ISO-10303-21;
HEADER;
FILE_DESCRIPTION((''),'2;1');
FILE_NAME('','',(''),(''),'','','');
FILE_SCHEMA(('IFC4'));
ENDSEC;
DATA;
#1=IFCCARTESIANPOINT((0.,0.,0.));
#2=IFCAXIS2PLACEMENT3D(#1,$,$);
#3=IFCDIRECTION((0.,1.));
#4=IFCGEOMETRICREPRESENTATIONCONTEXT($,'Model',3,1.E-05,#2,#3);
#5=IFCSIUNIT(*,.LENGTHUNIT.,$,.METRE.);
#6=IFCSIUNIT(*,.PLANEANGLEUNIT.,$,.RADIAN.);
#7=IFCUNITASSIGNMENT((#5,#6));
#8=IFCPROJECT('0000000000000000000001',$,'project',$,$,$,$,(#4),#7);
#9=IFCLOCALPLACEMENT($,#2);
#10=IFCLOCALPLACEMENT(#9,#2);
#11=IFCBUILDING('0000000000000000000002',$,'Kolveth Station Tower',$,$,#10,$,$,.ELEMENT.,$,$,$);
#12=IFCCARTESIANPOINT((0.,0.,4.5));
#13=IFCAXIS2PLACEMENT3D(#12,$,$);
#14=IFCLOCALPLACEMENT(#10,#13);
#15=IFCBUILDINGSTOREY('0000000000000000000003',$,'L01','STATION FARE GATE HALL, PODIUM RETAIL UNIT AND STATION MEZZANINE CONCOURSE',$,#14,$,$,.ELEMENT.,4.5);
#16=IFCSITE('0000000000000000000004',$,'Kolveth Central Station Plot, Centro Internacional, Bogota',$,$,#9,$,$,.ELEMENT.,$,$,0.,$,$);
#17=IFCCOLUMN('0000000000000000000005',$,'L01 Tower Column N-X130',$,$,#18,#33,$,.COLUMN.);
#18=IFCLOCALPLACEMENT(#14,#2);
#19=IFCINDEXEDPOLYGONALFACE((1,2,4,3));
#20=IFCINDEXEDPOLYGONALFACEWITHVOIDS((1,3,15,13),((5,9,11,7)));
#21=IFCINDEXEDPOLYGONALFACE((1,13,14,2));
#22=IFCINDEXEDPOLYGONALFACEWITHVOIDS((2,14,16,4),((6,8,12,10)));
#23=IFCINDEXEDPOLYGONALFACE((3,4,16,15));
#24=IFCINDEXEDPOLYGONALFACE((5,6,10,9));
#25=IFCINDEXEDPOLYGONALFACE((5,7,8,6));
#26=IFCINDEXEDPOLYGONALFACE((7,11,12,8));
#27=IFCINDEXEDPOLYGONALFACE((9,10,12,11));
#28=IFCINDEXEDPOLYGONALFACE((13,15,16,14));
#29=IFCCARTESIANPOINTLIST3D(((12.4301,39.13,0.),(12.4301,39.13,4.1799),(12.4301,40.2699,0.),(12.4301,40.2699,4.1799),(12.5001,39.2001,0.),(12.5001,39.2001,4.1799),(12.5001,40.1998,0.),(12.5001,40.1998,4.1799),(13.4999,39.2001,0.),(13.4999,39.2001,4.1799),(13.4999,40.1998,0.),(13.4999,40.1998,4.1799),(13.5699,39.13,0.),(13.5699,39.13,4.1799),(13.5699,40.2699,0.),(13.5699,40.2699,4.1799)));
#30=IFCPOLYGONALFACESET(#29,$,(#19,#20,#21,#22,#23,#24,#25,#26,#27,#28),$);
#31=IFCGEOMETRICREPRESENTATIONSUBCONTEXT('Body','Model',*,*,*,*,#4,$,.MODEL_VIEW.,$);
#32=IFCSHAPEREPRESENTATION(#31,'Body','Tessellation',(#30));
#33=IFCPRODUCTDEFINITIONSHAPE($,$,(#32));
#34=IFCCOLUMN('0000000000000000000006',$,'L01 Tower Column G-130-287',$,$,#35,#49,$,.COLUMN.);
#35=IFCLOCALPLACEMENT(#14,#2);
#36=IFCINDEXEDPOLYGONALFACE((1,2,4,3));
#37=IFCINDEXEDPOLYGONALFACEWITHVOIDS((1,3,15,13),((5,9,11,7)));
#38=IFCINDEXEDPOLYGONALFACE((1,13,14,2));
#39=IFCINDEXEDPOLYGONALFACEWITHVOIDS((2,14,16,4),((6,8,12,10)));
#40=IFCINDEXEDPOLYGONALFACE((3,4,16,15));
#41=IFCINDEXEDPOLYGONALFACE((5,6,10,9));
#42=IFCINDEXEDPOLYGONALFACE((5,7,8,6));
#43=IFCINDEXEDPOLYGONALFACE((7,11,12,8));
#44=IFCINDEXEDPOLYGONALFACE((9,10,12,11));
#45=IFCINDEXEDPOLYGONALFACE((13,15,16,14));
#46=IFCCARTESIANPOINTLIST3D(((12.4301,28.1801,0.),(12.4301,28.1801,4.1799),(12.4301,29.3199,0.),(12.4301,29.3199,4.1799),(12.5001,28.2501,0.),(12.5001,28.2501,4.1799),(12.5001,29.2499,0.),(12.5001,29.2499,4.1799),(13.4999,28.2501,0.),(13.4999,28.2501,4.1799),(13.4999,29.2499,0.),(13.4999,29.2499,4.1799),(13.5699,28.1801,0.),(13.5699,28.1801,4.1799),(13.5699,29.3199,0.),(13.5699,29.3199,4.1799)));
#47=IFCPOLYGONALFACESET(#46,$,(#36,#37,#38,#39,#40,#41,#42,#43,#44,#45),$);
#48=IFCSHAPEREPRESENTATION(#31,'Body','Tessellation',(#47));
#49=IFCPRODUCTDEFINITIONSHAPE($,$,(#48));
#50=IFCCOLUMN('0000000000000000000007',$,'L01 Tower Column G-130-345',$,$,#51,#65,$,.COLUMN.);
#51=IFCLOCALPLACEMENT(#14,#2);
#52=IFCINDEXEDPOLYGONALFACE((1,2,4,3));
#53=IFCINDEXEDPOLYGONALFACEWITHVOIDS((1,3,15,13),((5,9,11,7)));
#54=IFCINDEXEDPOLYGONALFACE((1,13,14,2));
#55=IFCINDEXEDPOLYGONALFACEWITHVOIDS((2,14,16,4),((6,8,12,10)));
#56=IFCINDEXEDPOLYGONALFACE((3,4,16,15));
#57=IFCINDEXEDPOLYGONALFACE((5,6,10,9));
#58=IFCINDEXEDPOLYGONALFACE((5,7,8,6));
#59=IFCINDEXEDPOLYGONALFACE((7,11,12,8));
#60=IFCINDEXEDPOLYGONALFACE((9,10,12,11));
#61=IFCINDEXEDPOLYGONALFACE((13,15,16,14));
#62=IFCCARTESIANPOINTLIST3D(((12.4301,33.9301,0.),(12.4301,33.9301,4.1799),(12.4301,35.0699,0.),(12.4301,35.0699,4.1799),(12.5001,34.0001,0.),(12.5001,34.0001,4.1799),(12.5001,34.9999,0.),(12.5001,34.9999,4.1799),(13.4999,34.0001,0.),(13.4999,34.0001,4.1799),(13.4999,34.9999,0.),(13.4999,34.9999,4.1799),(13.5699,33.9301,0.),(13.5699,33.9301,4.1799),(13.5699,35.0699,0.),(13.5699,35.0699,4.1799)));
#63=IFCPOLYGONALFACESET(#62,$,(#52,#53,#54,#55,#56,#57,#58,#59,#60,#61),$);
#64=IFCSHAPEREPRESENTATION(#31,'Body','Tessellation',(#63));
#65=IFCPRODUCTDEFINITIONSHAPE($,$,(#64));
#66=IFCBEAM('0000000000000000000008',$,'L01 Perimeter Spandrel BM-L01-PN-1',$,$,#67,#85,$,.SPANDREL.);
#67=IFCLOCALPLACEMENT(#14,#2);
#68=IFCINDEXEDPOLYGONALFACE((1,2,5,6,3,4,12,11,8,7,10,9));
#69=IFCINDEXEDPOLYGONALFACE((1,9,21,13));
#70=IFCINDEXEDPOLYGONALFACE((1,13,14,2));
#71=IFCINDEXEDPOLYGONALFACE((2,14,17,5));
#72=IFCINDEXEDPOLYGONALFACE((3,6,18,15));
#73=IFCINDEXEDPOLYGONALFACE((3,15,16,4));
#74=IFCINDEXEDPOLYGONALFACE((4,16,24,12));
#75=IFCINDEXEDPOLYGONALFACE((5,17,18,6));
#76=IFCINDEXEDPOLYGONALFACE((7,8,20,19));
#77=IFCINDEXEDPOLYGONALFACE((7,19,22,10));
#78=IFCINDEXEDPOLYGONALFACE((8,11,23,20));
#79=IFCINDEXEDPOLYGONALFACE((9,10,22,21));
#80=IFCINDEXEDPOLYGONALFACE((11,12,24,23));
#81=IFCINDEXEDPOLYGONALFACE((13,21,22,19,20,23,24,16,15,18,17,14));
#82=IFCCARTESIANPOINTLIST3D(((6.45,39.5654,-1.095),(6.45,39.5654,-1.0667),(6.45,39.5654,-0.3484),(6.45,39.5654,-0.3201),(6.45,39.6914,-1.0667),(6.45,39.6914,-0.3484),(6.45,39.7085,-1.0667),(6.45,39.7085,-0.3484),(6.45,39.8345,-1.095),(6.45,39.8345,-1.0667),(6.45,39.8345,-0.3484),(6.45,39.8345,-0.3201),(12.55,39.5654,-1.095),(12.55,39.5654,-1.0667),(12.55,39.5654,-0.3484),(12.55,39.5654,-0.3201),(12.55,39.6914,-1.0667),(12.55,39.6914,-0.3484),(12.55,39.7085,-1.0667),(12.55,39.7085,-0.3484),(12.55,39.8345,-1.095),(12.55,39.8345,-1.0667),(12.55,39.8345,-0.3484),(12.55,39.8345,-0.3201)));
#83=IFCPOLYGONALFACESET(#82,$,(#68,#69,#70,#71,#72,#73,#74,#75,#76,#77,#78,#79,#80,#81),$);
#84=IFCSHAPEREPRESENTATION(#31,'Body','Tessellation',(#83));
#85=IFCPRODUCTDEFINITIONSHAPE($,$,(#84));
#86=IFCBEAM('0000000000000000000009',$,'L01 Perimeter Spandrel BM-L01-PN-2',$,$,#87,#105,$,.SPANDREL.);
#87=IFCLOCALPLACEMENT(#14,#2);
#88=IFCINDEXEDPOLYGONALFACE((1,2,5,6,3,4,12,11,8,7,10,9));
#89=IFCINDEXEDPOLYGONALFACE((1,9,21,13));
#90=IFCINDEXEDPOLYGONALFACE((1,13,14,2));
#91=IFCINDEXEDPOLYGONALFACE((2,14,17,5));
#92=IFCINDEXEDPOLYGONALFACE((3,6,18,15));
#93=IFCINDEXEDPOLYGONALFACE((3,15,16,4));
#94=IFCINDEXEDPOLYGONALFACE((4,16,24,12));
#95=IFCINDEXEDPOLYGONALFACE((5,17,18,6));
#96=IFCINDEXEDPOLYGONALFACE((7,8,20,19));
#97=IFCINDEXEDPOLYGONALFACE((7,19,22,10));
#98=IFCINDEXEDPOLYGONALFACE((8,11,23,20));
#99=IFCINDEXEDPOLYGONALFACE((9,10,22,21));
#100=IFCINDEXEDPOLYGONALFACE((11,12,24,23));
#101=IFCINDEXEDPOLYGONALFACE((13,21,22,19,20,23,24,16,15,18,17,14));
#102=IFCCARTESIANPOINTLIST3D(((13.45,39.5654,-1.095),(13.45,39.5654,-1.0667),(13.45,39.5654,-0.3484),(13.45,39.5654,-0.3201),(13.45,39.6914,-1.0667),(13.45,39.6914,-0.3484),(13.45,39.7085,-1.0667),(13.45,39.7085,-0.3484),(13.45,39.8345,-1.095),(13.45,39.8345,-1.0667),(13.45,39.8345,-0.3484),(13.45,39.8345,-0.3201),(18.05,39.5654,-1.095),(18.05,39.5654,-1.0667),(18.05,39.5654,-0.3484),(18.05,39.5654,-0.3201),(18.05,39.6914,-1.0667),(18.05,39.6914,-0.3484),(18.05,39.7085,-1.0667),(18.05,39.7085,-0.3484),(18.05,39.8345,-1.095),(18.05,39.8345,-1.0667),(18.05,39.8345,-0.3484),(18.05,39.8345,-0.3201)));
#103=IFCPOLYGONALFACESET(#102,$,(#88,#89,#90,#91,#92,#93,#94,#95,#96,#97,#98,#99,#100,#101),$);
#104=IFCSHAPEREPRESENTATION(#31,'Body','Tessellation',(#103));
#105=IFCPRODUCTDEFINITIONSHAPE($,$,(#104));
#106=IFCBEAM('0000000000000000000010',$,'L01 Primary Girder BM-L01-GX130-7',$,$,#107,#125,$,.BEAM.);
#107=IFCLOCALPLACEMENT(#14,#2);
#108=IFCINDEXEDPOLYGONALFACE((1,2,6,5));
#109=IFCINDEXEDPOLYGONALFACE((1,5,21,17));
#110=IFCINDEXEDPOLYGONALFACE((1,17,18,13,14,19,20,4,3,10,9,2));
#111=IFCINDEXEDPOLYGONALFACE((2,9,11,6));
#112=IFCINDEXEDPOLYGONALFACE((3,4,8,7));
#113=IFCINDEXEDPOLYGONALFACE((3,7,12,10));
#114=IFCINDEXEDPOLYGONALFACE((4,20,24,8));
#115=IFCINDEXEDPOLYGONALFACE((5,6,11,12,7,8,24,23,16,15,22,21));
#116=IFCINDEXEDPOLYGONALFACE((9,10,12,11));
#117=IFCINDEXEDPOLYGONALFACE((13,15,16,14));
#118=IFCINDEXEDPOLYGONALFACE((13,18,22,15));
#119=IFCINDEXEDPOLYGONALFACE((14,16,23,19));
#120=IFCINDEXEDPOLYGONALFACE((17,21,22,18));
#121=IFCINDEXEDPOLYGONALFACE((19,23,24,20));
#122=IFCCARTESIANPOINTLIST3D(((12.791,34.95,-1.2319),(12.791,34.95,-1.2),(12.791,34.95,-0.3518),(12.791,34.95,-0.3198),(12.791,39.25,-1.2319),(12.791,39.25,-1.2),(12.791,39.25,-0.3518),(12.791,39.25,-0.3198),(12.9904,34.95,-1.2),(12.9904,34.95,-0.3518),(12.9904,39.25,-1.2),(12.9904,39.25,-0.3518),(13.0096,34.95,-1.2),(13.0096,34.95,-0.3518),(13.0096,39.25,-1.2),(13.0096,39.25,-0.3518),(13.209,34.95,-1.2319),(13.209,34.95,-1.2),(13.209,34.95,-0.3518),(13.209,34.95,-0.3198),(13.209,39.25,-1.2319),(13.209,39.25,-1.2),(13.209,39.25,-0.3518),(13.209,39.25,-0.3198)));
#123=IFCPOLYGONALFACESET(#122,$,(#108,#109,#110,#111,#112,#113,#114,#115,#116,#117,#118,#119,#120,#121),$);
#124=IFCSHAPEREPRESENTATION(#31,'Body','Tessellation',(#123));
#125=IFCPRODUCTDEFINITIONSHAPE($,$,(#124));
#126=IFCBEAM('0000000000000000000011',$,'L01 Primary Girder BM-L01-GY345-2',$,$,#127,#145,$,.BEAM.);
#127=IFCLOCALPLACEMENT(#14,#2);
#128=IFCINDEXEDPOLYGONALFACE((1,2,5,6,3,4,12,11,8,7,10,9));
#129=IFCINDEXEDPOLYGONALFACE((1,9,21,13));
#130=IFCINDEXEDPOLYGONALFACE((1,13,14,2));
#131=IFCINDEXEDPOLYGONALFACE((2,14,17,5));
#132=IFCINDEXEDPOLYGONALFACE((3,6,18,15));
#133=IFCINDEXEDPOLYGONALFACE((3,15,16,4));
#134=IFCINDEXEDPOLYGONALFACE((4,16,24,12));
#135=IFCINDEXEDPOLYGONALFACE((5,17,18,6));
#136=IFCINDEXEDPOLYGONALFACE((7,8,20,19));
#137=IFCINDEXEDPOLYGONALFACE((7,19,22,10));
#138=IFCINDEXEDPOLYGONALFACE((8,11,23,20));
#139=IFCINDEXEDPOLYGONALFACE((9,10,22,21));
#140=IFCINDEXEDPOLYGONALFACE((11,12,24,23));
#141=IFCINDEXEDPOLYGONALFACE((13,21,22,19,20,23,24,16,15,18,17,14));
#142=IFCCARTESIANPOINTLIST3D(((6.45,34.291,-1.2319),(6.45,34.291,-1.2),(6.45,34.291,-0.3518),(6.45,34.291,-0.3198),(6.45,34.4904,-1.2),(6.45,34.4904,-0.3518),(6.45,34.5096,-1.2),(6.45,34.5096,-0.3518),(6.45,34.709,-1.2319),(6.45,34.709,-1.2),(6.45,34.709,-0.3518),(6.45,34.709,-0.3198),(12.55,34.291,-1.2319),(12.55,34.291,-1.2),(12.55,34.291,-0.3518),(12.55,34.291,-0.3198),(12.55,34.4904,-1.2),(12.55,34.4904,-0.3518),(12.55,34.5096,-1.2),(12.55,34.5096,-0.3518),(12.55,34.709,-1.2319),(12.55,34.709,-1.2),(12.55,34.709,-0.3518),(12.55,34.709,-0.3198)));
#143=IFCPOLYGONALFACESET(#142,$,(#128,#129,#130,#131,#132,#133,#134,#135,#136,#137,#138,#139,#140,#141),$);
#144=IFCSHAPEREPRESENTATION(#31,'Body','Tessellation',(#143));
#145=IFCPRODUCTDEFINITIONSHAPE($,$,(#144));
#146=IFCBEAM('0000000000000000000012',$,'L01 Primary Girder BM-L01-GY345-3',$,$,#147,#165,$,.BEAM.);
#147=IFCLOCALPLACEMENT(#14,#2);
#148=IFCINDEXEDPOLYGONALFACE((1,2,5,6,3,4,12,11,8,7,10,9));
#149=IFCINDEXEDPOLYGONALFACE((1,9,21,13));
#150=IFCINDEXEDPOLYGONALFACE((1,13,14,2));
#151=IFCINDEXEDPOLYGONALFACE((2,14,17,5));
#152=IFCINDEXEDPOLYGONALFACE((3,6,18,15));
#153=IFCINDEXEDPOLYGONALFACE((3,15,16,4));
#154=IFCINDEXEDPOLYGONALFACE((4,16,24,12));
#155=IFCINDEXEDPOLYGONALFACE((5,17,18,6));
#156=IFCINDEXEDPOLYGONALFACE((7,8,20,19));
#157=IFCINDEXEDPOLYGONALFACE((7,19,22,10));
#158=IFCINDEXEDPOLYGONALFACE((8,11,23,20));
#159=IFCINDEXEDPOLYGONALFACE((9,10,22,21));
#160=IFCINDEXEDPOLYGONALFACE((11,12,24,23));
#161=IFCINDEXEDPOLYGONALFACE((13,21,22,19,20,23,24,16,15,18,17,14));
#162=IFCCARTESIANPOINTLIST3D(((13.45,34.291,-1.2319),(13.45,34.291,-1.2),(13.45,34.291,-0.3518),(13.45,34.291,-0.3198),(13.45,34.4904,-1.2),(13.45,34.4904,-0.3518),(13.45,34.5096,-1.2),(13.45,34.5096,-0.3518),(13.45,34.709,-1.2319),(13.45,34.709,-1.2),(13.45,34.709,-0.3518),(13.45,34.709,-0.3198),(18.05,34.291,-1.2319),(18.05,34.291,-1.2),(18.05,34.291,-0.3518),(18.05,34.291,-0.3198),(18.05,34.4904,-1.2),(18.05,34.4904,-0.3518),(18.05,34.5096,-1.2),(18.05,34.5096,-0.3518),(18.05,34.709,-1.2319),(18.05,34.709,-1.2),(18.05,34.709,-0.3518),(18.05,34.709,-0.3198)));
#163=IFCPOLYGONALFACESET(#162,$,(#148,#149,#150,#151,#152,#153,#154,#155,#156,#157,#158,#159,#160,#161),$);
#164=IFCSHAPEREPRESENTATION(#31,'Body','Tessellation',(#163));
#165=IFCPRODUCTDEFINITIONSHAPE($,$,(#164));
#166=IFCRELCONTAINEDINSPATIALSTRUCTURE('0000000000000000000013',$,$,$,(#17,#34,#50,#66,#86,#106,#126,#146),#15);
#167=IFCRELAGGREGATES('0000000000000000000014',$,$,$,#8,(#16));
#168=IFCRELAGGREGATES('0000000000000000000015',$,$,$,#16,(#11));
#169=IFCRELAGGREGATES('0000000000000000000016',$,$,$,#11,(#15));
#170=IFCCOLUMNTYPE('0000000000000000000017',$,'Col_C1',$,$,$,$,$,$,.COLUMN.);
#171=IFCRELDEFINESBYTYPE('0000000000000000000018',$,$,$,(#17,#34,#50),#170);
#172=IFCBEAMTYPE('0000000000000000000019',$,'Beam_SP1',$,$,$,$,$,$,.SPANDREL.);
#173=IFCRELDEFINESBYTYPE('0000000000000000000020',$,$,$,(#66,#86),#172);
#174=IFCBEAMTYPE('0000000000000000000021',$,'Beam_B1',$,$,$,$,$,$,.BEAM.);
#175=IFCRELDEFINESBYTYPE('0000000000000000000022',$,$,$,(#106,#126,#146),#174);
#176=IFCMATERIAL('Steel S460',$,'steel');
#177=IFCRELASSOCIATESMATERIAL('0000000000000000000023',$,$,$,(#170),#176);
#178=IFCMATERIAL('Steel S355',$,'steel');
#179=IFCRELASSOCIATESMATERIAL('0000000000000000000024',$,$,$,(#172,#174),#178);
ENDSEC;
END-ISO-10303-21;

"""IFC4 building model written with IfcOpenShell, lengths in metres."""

from ifc_helpers import new_model, si_unit, direction, frame, origin, origin_2d, place, context, subcontext, project, spatial, hollow_rectangle, i_section, extrude, source, transform, mapped, material, material_profile, profile_set, type_object, element, save


model = new_model("IFC4")

# Units and contexts
model_context = context("Model", 3, precision=1e-05, world=origin(), true_north=direction((0.0, 1.0)))
body_context = subcontext(model_context, "Body", "Model", "MODEL_VIEW")
ifc_project = project(units=[si_unit("LENGTHUNIT", "METRE"), si_unit("PLANEANGLEUNIT", "RADIAN")], contexts=[model_context])

# Site, building, storey
site_placement = place(None, origin())
site = spatial("IfcSite", under=ifc_project, at=site_placement, Name="Kolveth Central Station Plot, Centro Internacional, Bogota", CompositionType="ELEMENT", RefElevation=0.0)
building_placement = place(site_placement, origin())
building = spatial("IfcBuilding", under=site, at=building_placement, Name="Kolveth Station Tower", CompositionType="ELEMENT")
storey_placement = place(building_placement, frame((0.0, 0.0, 4.5)))
storey = spatial("IfcBuildingStorey", under=building, at=storey_placement, Name="L01", Description="STATION FARE GATE HALL, PODIUM RETAIL UNIT AND STATION MEZZANINE CONCOURSE", CompositionType="ELEMENT", Elevation=4.5)

# Columns
ifc_material_1 = material(Name="Steel S460", Category="steel")
ifc_material_profile_1 = material_profile(ifc_material_1, hollow_rectangle(XDim=1.1399, YDim=1.1399, WallThickness=0.0701, at=origin_2d()), Name="BOX1140x1140x70")
ifc_profile_set_1 = profile_set([ifc_material_profile_1], Name="Steel S460")
column_type = type_object("IfcColumnType", Name="Col_C1", PredefinedType="COLUMN", material=ifc_profile_set_1)
shared_shape_1 = source(origin(), body_context, "Body", "SweptSolid", [
    extrude(hollow_rectangle(XDim=1.1399, YDim=1.1399, WallThickness=0.0701, at=origin_2d()), origin(), (0.0, 0.0, 1.0), 4.1799),
])
for number, where, z_axis, x_axis, name in (
    (1, (13.0, 39.7, 0.0), (0.0, 0.0, 1.0), (1.0, 0.0, 0.0), "L01 Tower Column N-X130"),
    (2, (13.0, 28.75, 0.0), (0.0, 0.0, 1.0), (1.0, 0.0, 0.0), "L01 Tower Column G-130-287"),
    (3, (13.0, 34.5, 0.0), (0.0, 0.0, 1.0), (1.0, 0.0, 0.0), "L01 Tower Column G-130-345"),
):
    element("IfcColumn", number, at=place(storey_placement, frame(where, z_axis=z_axis, x_axis=x_axis)), inside=storey, type_object=column_type, Name=name, PredefinedType="COLUMN", context=body_context, shape_type="MappedRepresentation", body=[
        mapped(shared_shape_1, transform((0.0, 0.0, 0.0), x_axis=(1.0, 0.0, 0.0), y_axis=(0.0, 1.0, 0.0), z_axis=(0.0, 0.0, 1.0), scale=1.0)),
    ])

# Beams
ifc_material_2 = material(Name="Steel S355", Category="steel")
ifc_material_profile_2 = material_profile(ifc_material_2, i_section(OverallWidth=0.269, OverallDepth=0.7749, WebThickness=0.0171, FlangeThickness=0.0283, at=origin_2d()), Name="W760x220")
ifc_profile_set_2 = profile_set([ifc_material_profile_2], Name="Steel S355")
beam_type_1 = type_object("IfcBeamType", Name="Beam_SP1", PredefinedType="SPANDREL", material=ifc_profile_set_2)
shared_shape_2 = source(origin(), body_context, "Body", "SweptSolid", [
    extrude(i_section(OverallWidth=0.269, OverallDepth=0.7749, WebThickness=0.0171, FlangeThickness=0.0283, at=origin_2d()), origin(), (0.0, 0.0, 1.0), 6.1001),
])
beam_1_placement = place(storey_placement, frame((6.45, 39.7, -0.7075), z_axis=(1.0, 0.0, 0.0), x_axis=(0.0, 1.0, 0.0)))
element("IfcBeam", 4, at=beam_1_placement, inside=storey, type_object=beam_type_1, Name="L01 Perimeter Spandrel BM-L01-PN-1", PredefinedType="SPANDREL", context=body_context, shape_type="MappedRepresentation", body=[
    mapped(shared_shape_2, transform((0.0, 0.0, 0.0), x_axis=(1.0, 0.0, 0.0), y_axis=(0.0, 1.0, 0.0), z_axis=(0.0, 0.0, 1.0), scale=1.0)),
])
shared_shape_3 = source(origin(), body_context, "Body", "SweptSolid", [
    extrude(i_section(OverallWidth=0.269, OverallDepth=0.7749, WebThickness=0.0171, FlangeThickness=0.0283, at=origin_2d()), origin(), (0.0, 0.0, 1.0), 4.6001),
])
beam_2_placement = place(storey_placement, frame((13.45, 39.7, -0.7075), z_axis=(1.0, 0.0, 0.0), x_axis=(0.0, 1.0, 0.0)))
element("IfcBeam", 5, at=beam_2_placement, inside=storey, type_object=beam_type_1, Name="L01 Perimeter Spandrel BM-L01-PN-2", PredefinedType="SPANDREL", context=body_context, shape_type="MappedRepresentation", body=[
    mapped(shared_shape_3, transform((0.0, 0.0, 0.0), x_axis=(1.0, 0.0, 0.0), y_axis=(0.0, 1.0, 0.0), z_axis=(0.0, 0.0, 1.0), scale=1.0)),
])
ifc_material_profile_3 = material_profile(ifc_material_2, i_section(OverallWidth=0.418, OverallDepth=0.9121, WebThickness=0.0193, FlangeThickness=0.032, at=origin_2d()), Name="W920x342")
ifc_profile_set_3 = profile_set([ifc_material_profile_3], Name="Steel S355")
beam_type_2 = type_object("IfcBeamType", Name="Beam_B1", PredefinedType="BEAM", material=ifc_profile_set_3)
shared_shape_4 = source(origin(), body_context, "Body", "SweptSolid", [
    extrude(i_section(OverallWidth=0.418, OverallDepth=0.9121, WebThickness=0.0193, FlangeThickness=0.032, at=origin_2d()), origin(), (0.0, 0.0, 1.0), 4.3),
])
beam_3_placement = place(storey_placement, frame((13.0, 34.95, -0.7759), z_axis=(0.0, 1.0, 0.0), x_axis=(-1.0, 0.0, 0.0)))
element("IfcBeam", 6, at=beam_3_placement, inside=storey, type_object=beam_type_2, Name="L01 Primary Girder BM-L01-GX130-7", PredefinedType="BEAM", context=body_context, shape_type="MappedRepresentation", body=[
    mapped(shared_shape_4, transform((0.0, 0.0, 0.0), x_axis=(1.0, 0.0, 0.0), y_axis=(0.0, 1.0, 0.0), z_axis=(0.0, 0.0, 1.0), scale=1.0)),
])
shared_shape_5 = source(origin(), body_context, "Body", "SweptSolid", [
    extrude(i_section(OverallWidth=0.418, OverallDepth=0.9121, WebThickness=0.0193, FlangeThickness=0.032, at=origin_2d()), origin(), (0.0, 0.0, 1.0), 6.1001),
])
beam_4_placement = place(storey_placement, frame((6.45, 34.5, -0.7759), z_axis=(1.0, 0.0, 0.0), x_axis=(0.0, 1.0, 0.0)))
element("IfcBeam", 7, at=beam_4_placement, inside=storey, type_object=beam_type_2, Name="L01 Primary Girder BM-L01-GY345-2", PredefinedType="BEAM", context=body_context, shape_type="MappedRepresentation", body=[
    mapped(shared_shape_5, transform((0.0, 0.0, 0.0), x_axis=(1.0, 0.0, 0.0), y_axis=(0.0, 1.0, 0.0), z_axis=(0.0, 0.0, 1.0), scale=1.0)),
])
shared_shape_6 = source(origin(), body_context, "Body", "SweptSolid", [
    extrude(i_section(OverallWidth=0.418, OverallDepth=0.9121, WebThickness=0.0193, FlangeThickness=0.032, at=origin_2d()), origin(), (0.0, 0.0, 1.0), 4.6001),
])
beam_5_placement = place(storey_placement, frame((13.45, 34.5, -0.7759), z_axis=(1.0, 0.0, 0.0), x_axis=(0.0, 1.0, 0.0)))
element("IfcBeam", 8, at=beam_5_placement, inside=storey, type_object=beam_type_2, Name="L01 Primary Girder BM-L01-GY345-3", PredefinedType="BEAM", context=body_context, shape_type="MappedRepresentation", body=[
    mapped(shared_shape_6, transform((0.0, 0.0, 0.0), x_axis=(1.0, 0.0, 0.0), y_axis=(0.0, 1.0, 0.0), z_axis=(0.0, 0.0, 1.0), scale=1.0)),
])

save(model, "model.ifc")
